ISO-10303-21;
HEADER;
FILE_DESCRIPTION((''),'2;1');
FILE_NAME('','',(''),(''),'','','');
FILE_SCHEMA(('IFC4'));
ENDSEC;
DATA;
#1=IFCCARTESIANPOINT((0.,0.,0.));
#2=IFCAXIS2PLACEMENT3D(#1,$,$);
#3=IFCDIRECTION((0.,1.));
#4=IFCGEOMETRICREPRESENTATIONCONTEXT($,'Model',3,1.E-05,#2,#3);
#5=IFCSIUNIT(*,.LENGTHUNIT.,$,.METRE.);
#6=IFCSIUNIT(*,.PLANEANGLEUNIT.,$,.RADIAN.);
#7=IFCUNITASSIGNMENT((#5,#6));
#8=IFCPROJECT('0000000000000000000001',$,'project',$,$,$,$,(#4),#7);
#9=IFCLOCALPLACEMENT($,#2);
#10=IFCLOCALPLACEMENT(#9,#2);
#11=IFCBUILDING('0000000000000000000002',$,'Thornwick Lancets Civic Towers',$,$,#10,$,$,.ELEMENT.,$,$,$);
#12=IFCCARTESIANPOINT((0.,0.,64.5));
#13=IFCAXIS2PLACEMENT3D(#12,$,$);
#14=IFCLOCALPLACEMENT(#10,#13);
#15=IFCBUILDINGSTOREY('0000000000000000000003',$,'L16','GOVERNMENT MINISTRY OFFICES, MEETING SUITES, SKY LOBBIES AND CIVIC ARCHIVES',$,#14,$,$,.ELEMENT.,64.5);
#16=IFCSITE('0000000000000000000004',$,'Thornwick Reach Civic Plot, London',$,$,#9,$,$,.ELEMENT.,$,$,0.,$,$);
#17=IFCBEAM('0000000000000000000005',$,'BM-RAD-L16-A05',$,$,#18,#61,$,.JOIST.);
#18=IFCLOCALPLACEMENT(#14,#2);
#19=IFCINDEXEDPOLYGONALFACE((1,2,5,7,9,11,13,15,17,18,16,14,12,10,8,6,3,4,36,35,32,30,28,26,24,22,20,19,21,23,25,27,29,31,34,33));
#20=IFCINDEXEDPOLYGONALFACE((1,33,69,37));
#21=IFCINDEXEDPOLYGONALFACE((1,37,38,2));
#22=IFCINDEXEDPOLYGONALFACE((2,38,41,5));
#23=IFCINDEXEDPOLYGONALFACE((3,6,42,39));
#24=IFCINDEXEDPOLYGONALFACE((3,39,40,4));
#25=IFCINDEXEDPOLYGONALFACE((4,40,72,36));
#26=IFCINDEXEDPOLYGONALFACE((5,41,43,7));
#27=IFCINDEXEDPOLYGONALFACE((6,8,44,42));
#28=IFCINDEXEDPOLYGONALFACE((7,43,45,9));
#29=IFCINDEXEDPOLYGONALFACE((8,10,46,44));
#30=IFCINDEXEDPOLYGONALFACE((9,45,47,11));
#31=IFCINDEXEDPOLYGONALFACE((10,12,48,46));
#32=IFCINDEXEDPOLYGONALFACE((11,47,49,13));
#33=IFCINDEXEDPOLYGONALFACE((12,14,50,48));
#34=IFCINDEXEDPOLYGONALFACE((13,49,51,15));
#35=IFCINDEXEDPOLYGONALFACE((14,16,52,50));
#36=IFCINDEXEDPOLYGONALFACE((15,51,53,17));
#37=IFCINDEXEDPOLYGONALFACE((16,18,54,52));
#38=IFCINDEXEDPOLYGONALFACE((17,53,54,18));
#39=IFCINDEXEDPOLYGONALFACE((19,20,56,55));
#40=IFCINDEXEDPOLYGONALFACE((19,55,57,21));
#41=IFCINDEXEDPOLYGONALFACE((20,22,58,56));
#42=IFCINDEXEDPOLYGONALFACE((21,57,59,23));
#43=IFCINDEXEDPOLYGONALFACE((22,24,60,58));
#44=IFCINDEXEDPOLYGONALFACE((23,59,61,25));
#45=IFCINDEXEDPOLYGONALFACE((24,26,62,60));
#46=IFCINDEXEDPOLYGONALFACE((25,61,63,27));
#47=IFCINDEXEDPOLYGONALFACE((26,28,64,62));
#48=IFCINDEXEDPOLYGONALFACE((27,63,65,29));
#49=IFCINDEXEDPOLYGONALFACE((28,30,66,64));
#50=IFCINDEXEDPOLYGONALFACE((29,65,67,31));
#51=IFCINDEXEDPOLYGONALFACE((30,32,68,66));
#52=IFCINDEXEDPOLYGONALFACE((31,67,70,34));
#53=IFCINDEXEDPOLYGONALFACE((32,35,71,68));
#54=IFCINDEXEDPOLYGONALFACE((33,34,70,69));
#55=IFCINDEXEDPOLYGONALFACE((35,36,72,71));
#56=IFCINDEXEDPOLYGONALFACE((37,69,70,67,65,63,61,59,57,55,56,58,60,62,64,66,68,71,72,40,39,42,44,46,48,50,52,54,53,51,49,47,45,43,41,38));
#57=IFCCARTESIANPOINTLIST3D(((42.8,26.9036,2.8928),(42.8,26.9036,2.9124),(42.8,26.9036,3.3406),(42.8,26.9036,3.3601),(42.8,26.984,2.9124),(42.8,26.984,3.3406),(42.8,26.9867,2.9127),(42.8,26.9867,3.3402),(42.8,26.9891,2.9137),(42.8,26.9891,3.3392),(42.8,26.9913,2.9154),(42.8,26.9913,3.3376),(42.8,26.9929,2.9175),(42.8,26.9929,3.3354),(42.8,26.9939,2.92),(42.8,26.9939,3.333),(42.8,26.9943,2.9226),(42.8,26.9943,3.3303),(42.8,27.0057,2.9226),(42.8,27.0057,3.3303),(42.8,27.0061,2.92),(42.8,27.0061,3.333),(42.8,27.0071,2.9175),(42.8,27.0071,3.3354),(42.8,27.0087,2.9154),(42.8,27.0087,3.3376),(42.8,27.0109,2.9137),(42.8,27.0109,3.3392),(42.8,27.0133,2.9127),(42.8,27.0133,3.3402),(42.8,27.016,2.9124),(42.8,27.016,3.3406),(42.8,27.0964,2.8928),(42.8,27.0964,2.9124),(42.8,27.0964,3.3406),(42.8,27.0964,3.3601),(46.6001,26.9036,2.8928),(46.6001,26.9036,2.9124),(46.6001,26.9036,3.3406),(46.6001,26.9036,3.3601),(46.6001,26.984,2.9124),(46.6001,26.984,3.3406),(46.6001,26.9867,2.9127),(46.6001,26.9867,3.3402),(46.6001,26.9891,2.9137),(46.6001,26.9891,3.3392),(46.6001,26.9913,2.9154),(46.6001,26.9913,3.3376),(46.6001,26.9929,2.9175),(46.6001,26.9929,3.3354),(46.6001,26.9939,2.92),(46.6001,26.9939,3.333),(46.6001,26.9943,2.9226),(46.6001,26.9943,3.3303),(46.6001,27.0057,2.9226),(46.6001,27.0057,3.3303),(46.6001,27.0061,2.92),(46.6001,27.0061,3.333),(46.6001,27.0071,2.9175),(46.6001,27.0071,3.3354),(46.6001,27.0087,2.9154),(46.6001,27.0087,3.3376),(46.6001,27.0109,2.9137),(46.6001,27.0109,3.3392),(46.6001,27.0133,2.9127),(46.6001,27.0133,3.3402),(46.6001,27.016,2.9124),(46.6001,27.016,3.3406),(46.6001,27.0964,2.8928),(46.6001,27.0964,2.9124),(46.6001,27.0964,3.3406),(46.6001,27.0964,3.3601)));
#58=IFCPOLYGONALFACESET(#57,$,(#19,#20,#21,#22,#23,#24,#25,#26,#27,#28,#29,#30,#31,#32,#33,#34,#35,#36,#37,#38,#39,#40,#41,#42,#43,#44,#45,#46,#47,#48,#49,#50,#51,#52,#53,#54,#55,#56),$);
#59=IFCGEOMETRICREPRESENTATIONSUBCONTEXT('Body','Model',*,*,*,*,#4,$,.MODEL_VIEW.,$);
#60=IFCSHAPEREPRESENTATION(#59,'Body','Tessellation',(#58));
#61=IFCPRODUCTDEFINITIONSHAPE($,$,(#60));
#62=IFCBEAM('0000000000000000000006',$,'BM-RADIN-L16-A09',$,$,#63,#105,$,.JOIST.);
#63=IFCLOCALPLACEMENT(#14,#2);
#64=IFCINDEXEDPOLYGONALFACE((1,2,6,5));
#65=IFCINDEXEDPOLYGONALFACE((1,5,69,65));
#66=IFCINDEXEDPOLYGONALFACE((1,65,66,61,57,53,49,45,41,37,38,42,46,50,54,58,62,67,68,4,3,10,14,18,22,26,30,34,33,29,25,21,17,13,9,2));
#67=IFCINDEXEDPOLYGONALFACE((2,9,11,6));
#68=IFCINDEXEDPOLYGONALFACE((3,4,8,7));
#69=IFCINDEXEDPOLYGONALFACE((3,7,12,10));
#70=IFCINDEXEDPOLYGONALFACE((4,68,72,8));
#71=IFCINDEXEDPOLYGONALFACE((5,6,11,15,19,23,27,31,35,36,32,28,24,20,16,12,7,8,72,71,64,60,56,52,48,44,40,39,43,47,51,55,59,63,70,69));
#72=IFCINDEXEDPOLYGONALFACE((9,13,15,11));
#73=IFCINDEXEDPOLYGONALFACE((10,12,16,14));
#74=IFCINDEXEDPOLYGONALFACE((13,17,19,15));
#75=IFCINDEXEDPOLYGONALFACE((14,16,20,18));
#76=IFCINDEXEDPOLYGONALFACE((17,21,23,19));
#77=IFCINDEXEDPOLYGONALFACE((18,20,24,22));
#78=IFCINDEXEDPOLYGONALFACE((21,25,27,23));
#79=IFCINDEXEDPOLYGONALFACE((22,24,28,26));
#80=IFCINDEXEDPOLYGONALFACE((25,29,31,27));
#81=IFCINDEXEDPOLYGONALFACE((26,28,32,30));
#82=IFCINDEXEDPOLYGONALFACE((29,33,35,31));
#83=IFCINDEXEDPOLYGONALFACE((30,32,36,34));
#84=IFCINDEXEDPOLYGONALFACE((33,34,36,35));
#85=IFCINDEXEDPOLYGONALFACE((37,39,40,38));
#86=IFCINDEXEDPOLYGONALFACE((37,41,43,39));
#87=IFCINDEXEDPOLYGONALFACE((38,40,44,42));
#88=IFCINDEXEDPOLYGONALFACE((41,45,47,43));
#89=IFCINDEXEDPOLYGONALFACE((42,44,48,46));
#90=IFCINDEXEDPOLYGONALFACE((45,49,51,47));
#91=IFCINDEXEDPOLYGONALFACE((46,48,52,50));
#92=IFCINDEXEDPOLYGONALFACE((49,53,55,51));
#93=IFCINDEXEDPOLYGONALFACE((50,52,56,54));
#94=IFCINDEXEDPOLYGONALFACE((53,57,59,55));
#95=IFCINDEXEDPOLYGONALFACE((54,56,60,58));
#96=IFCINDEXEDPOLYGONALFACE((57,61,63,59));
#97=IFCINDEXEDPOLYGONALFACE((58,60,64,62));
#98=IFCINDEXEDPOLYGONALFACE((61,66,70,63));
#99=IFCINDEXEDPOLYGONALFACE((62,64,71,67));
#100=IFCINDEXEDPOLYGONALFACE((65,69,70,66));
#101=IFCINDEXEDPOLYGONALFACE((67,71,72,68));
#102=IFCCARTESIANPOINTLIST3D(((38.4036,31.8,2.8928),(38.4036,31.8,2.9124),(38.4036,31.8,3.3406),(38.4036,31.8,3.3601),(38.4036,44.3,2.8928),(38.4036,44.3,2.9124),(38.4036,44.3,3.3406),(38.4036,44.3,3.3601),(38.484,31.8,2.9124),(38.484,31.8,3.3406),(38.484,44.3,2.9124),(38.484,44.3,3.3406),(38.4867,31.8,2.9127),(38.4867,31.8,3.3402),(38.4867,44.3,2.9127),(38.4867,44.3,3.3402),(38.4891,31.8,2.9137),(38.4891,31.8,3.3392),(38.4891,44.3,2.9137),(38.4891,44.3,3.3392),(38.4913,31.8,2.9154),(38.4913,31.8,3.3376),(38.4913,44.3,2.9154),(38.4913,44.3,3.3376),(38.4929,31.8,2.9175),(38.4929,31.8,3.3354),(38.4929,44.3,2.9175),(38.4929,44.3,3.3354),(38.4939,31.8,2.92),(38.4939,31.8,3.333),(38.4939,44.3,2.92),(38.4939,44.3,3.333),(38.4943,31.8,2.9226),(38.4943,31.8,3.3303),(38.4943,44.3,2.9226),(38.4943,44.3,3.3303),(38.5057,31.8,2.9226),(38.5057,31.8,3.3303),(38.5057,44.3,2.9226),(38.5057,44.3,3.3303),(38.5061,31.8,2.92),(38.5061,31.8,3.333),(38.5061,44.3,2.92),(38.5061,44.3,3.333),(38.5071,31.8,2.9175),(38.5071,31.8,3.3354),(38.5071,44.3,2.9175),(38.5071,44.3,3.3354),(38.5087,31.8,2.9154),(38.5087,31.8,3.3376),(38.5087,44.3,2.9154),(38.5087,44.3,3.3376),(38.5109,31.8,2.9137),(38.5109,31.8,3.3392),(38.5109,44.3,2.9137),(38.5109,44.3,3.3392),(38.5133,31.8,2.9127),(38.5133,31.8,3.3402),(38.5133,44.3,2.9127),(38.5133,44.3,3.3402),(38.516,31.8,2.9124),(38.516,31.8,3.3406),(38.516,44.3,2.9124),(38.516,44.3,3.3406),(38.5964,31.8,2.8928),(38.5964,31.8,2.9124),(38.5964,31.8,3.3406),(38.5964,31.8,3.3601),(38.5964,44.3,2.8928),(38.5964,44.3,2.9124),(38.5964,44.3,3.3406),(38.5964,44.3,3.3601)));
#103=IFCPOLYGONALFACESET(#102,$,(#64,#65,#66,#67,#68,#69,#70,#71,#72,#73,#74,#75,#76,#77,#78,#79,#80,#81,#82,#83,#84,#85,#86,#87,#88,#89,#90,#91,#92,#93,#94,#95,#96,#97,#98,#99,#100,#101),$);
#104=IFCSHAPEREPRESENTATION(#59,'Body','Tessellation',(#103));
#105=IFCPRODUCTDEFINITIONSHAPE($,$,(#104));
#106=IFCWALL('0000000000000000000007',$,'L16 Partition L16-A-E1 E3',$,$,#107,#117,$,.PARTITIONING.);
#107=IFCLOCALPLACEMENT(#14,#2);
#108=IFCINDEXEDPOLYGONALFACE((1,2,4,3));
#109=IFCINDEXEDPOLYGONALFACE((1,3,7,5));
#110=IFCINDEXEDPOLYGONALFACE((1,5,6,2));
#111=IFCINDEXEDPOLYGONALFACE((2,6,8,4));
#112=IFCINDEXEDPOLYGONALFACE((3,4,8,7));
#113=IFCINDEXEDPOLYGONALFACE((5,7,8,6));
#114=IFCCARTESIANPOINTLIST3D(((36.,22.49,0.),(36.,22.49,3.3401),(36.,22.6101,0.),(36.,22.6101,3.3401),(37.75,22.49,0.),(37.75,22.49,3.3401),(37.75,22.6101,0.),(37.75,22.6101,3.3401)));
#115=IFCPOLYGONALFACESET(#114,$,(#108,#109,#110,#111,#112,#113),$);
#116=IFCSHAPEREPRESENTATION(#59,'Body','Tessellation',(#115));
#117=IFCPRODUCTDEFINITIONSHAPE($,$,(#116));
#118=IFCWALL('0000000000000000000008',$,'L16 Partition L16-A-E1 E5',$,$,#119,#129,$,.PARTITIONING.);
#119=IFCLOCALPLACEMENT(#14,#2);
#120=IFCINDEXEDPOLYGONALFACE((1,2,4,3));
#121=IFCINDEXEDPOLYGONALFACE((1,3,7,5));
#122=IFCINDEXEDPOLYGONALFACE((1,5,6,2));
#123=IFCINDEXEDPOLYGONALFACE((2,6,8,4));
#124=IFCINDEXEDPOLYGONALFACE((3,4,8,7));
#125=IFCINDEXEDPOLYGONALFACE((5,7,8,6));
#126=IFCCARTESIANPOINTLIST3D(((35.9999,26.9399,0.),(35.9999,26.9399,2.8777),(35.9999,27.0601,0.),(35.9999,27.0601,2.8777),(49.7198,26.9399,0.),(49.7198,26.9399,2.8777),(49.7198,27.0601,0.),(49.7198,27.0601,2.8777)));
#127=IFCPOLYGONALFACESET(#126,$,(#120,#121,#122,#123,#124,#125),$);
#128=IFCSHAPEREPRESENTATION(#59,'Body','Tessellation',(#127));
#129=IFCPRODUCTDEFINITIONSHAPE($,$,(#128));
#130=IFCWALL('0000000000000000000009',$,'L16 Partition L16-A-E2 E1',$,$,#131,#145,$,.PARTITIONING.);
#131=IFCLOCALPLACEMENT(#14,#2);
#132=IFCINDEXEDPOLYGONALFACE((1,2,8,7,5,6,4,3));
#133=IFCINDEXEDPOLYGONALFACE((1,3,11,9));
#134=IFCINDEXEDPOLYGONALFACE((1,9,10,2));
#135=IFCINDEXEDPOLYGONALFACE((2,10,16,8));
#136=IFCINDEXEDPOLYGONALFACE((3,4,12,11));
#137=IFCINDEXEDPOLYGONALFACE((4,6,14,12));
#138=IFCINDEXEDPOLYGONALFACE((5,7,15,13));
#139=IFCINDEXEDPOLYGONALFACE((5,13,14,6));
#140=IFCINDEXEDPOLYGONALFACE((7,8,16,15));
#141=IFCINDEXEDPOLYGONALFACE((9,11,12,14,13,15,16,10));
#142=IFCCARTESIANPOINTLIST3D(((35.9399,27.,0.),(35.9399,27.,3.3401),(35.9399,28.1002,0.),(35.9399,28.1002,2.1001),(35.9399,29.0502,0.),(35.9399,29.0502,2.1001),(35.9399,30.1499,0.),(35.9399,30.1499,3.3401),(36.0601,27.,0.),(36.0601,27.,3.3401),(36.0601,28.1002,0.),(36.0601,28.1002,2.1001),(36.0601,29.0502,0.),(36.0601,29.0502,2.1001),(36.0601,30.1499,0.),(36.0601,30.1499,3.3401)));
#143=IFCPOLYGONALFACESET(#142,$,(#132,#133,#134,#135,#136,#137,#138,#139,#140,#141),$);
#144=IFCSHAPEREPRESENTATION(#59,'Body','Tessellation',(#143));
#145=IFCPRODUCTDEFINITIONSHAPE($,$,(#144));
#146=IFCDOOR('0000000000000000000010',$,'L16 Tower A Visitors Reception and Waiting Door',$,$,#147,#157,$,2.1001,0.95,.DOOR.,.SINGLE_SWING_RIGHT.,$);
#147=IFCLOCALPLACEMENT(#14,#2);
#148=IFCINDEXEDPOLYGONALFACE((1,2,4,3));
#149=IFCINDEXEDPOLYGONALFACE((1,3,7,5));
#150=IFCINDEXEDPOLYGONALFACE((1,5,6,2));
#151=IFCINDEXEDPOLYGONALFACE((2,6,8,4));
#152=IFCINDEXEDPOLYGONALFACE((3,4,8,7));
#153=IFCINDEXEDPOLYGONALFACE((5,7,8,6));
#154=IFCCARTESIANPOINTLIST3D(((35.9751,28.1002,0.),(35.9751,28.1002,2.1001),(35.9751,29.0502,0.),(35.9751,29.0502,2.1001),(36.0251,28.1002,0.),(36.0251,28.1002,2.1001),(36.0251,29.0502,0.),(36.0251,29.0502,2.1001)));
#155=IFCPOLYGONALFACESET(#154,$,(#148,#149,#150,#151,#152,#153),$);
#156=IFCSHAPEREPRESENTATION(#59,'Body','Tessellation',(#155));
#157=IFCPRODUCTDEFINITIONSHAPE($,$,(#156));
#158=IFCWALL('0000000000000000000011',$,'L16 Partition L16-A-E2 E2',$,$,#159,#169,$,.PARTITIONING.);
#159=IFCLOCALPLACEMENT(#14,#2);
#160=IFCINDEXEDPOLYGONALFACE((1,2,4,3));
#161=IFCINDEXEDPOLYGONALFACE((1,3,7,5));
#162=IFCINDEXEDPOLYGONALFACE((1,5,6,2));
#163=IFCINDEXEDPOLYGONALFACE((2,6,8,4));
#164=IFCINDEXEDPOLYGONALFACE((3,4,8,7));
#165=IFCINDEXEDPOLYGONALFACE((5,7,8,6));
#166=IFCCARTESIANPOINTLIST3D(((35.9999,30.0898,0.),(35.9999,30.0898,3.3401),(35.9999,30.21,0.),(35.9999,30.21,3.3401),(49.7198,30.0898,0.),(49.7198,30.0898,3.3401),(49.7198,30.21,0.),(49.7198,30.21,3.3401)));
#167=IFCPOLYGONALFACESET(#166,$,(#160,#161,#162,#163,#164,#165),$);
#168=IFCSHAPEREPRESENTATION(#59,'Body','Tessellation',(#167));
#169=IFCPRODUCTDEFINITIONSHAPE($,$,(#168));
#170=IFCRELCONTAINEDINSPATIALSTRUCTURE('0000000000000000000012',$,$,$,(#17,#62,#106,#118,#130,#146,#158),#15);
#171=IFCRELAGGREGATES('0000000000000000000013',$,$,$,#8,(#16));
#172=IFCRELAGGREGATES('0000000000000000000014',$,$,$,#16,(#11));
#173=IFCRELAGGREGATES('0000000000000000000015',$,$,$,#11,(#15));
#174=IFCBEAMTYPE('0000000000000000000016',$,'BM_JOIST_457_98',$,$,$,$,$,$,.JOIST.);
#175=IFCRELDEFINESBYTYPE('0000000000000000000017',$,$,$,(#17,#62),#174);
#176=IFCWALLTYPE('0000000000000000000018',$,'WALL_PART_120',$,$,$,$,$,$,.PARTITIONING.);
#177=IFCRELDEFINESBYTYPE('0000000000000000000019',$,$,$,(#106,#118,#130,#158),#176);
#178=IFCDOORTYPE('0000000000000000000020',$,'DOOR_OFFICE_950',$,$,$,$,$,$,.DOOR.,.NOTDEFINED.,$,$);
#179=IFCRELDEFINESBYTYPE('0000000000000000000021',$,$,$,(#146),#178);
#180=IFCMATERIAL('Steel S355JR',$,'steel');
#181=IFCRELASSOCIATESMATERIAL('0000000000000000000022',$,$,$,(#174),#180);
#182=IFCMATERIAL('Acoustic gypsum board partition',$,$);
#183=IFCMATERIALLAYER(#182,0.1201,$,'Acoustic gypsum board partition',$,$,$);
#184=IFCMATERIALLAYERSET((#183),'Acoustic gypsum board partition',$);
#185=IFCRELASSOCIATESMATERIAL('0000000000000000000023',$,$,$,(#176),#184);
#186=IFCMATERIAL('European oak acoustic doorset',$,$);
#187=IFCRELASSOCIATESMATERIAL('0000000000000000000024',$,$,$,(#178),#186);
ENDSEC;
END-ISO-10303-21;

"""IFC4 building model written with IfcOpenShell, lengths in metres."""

from ifc_helpers import new_model, si_unit, direction, frame, frame_2d, origin, origin_2d, place, context, subcontext, project, spatial, rectangle, i_section, extrude, material, layer, layer_set, material_profile, profile_set, type_object, element, fill, save


model = new_model("IFC4")

# Units and contexts
model_context = context("Model", 3, precision=1e-05, world=origin(), true_north=direction((0.0, 1.0)))
body_context = subcontext(model_context, "Body", "Model", "MODEL_VIEW")
ifc_project = project(units=[si_unit("LENGTHUNIT", "METRE"), si_unit("PLANEANGLEUNIT", "RADIAN")], contexts=[model_context])

# Site, building, storey
site_placement = place(None, origin())
site = spatial("IfcSite", under=ifc_project, at=site_placement, Name="Thornwick Reach Civic Plot, London", CompositionType="ELEMENT", RefElevation=0.0)
building_placement = place(site_placement, origin())
building = spatial("IfcBuilding", under=site, at=building_placement, Name="Thornwick Lancets Civic Towers", CompositionType="ELEMENT")
storey_placement = place(building_placement, frame((0.0, 0.0, 64.5)))
storey = spatial("IfcBuildingStorey", under=building, at=storey_placement, Name="L16", Description="GOVERNMENT MINISTRY OFFICES, MEETING SUITES, SKY LOBBIES AND CIVIC ARCHIVES", CompositionType="ELEMENT", Elevation=64.5)

# Beams
ifc_material_1 = material(Name="Steel S355JR", Category="steel")
ifc_material_profile_1 = material_profile(ifc_material_1, i_section(OverallWidth=0.1929, OverallDepth=0.4673, WebThickness=0.0115, FlangeThickness=0.0195, FilletRadius=0.0103, at=origin_2d()), Name="UKB 457x191x98")
ifc_profile_set_1 = profile_set([ifc_material_profile_1], Name="Steel S355JR")
beam_type_1 = type_object("IfcBeamType", Name="BM_JOIST_457_98", PredefinedType="JOIST", material=ifc_profile_set_1)
beam_1_placement = place(storey_placement, frame((42.8, 27.0, 3.1265), z_axis=(1.0, 0.0, 0.0), x_axis=(0.0, 1.0, 0.0)))
element("IfcBeam", 1, at=beam_1_placement, inside=storey, type_object=beam_type_1, Name="BM-RAD-L16-A05", PredefinedType="JOIST", context=body_context, shape_type="SweptSolid", body=[
    extrude(i_section(OverallWidth=0.1929, OverallDepth=0.4673, WebThickness=0.0115, FlangeThickness=0.0195, FilletRadius=0.0103, at=origin_2d()), origin(), (0.0, 0.0, 1.0), 3.8),
])
beam_2_placement = place(storey_placement, frame((38.5, 31.8, 3.1265), z_axis=(0.0, 1.0, 0.0), x_axis=(-1.0, 0.0, 0.0)))
element("IfcBeam", 2, at=beam_2_placement, inside=storey, type_object=beam_type_1, Name="BM-RADIN-L16-A09", PredefinedType="JOIST", context=body_context, shape_type="SweptSolid", body=[
    extrude(i_section(OverallWidth=0.1929, OverallDepth=0.4673, WebThickness=0.0115, FlangeThickness=0.0195, FilletRadius=0.0103, at=origin_2d()), origin(), (0.0, 0.0, 1.0), 12.5),
])

# Walls
ifc_material_2 = material(Name="Acoustic gypsum board partition")
ifc_layer_1 = layer(ifc_material_2, 0.1201, Name="Acoustic gypsum board partition")
ifc_layer_set_1 = layer_set([ifc_layer_1], Name="Acoustic gypsum board partition")
wall_type_1 = type_object("IfcWallType", Name="WALL_PART_120", PredefinedType="PARTITIONING", material=ifc_layer_set_1)
wall_1_placement = place(storey_placement, frame((37.75, 22.55, 0.0), z_axis=(0.0, 0.0, 1.0), x_axis=(-1.0, 0.0, 0.0)))
element("IfcWall", 3, at=wall_1_placement, inside=storey, type_object=wall_type_1, Name="L16 Partition L16-A-E1 E3", PredefinedType="PARTITIONING", context=body_context, shape_type="SweptSolid", body=[
    extrude(rectangle(XDim=1.75, YDim=0.1201, at=frame_2d((0.875, 0.0))), origin(), (0.0, 0.0, 1.0), 3.3401),
])
wall_2_placement = place(storey_placement, frame((36.0, 27.0, 0.0), z_axis=(0.0, 0.0, 1.0), x_axis=(1.0, 0.0, 0.0)))
element("IfcWall", 4, at=wall_2_placement, inside=storey, type_object=wall_type_1, Name="L16 Partition L16-A-E1 E5", PredefinedType="PARTITIONING", context=body_context, shape_type="SweptSolid", body=[
    extrude(rectangle(XDim=13.72, YDim=0.1201, at=frame_2d((6.8599, 0.0))), origin(), (0.0, 0.0, 1.0), 2.8777),
])

# Wall, opening, door
wall_3_placement = place(storey_placement, frame((36.0, 27.0, 0.0), z_axis=(0.0, 0.0, 1.0), x_axis=(0.0, 1.0, 0.0)))
wall_3 = element("IfcWall", 5, at=wall_3_placement, inside=storey, type_object=wall_type_1, Name="L16 Partition L16-A-E2 E1", PredefinedType="PARTITIONING", context=body_context, shape_type="SweptSolid", body=[
    extrude(rectangle(XDim=3.1499, YDim=0.1201, at=frame_2d((1.575, 0.0))), origin(), (0.0, 0.0, 1.0), 3.3401),
])
opening_1_placement = place(wall_3_placement, frame((1.1001, 0.0, 0.0)))
opening_1 = element("IfcOpeningElement", 6, at=opening_1_placement, cuts=wall_3, PredefinedType="OPENING", context=body_context, shape_type="SweptSolid", body=[
    extrude(rectangle(XDim=0.95, YDim=2.1001, at=frame_2d((0.4751, 1.05))), frame((0.0, 0.0701, 0.0), z_axis=(0.0, -1.0, 0.0), x_axis=(1.0, 0.0, 0.0)), (0.0, 0.0, 1.0), 0.1401),
])
ifc_material_3 = material(Name="European oak acoustic doorset")
door_type_1 = type_object("IfcDoorType", Name="DOOR_OFFICE_950", OperationType="NOTDEFINED", PredefinedType="DOOR", material=ifc_material_3)
door_1_placement = place(opening_1_placement, origin())
door_1 = element("IfcDoor", 7, at=door_1_placement, inside=storey, type_object=door_type_1, Name="L16 Tower A Visitors Reception and Waiting Door", OperationType="SINGLE_SWING_RIGHT", OverallHeight=2.1001, OverallWidth=0.95, PredefinedType="DOOR", context=body_context, shape_type="SweptSolid", body=[
    extrude(rectangle(XDim=0.95, YDim=2.1001, at=frame_2d((0.4751, 1.05))), frame((0.0, 0.0249, 0.0), z_axis=(0.0, -1.0, 0.0), x_axis=(1.0, 0.0, 0.0)), (0.0, 0.0, 1.0), 0.05),
])
fill(opening_1, door_1)

# Wall
wall_4_placement = place(storey_placement, frame((36.0, 30.1499, 0.0), z_axis=(0.0, 0.0, 1.0), x_axis=(1.0, 0.0, 0.0)))
element("IfcWall", 8, at=wall_4_placement, inside=storey, type_object=wall_type_1, Name="L16 Partition L16-A-E2 E2", PredefinedType="PARTITIONING", context=body_context, shape_type="SweptSolid", body=[
    extrude(rectangle(XDim=13.72, YDim=0.1201, at=frame_2d((6.8599, 0.0))), origin(), (0.0, 0.0, 1.0), 3.3401),
])

save(model, "model.ifc")
